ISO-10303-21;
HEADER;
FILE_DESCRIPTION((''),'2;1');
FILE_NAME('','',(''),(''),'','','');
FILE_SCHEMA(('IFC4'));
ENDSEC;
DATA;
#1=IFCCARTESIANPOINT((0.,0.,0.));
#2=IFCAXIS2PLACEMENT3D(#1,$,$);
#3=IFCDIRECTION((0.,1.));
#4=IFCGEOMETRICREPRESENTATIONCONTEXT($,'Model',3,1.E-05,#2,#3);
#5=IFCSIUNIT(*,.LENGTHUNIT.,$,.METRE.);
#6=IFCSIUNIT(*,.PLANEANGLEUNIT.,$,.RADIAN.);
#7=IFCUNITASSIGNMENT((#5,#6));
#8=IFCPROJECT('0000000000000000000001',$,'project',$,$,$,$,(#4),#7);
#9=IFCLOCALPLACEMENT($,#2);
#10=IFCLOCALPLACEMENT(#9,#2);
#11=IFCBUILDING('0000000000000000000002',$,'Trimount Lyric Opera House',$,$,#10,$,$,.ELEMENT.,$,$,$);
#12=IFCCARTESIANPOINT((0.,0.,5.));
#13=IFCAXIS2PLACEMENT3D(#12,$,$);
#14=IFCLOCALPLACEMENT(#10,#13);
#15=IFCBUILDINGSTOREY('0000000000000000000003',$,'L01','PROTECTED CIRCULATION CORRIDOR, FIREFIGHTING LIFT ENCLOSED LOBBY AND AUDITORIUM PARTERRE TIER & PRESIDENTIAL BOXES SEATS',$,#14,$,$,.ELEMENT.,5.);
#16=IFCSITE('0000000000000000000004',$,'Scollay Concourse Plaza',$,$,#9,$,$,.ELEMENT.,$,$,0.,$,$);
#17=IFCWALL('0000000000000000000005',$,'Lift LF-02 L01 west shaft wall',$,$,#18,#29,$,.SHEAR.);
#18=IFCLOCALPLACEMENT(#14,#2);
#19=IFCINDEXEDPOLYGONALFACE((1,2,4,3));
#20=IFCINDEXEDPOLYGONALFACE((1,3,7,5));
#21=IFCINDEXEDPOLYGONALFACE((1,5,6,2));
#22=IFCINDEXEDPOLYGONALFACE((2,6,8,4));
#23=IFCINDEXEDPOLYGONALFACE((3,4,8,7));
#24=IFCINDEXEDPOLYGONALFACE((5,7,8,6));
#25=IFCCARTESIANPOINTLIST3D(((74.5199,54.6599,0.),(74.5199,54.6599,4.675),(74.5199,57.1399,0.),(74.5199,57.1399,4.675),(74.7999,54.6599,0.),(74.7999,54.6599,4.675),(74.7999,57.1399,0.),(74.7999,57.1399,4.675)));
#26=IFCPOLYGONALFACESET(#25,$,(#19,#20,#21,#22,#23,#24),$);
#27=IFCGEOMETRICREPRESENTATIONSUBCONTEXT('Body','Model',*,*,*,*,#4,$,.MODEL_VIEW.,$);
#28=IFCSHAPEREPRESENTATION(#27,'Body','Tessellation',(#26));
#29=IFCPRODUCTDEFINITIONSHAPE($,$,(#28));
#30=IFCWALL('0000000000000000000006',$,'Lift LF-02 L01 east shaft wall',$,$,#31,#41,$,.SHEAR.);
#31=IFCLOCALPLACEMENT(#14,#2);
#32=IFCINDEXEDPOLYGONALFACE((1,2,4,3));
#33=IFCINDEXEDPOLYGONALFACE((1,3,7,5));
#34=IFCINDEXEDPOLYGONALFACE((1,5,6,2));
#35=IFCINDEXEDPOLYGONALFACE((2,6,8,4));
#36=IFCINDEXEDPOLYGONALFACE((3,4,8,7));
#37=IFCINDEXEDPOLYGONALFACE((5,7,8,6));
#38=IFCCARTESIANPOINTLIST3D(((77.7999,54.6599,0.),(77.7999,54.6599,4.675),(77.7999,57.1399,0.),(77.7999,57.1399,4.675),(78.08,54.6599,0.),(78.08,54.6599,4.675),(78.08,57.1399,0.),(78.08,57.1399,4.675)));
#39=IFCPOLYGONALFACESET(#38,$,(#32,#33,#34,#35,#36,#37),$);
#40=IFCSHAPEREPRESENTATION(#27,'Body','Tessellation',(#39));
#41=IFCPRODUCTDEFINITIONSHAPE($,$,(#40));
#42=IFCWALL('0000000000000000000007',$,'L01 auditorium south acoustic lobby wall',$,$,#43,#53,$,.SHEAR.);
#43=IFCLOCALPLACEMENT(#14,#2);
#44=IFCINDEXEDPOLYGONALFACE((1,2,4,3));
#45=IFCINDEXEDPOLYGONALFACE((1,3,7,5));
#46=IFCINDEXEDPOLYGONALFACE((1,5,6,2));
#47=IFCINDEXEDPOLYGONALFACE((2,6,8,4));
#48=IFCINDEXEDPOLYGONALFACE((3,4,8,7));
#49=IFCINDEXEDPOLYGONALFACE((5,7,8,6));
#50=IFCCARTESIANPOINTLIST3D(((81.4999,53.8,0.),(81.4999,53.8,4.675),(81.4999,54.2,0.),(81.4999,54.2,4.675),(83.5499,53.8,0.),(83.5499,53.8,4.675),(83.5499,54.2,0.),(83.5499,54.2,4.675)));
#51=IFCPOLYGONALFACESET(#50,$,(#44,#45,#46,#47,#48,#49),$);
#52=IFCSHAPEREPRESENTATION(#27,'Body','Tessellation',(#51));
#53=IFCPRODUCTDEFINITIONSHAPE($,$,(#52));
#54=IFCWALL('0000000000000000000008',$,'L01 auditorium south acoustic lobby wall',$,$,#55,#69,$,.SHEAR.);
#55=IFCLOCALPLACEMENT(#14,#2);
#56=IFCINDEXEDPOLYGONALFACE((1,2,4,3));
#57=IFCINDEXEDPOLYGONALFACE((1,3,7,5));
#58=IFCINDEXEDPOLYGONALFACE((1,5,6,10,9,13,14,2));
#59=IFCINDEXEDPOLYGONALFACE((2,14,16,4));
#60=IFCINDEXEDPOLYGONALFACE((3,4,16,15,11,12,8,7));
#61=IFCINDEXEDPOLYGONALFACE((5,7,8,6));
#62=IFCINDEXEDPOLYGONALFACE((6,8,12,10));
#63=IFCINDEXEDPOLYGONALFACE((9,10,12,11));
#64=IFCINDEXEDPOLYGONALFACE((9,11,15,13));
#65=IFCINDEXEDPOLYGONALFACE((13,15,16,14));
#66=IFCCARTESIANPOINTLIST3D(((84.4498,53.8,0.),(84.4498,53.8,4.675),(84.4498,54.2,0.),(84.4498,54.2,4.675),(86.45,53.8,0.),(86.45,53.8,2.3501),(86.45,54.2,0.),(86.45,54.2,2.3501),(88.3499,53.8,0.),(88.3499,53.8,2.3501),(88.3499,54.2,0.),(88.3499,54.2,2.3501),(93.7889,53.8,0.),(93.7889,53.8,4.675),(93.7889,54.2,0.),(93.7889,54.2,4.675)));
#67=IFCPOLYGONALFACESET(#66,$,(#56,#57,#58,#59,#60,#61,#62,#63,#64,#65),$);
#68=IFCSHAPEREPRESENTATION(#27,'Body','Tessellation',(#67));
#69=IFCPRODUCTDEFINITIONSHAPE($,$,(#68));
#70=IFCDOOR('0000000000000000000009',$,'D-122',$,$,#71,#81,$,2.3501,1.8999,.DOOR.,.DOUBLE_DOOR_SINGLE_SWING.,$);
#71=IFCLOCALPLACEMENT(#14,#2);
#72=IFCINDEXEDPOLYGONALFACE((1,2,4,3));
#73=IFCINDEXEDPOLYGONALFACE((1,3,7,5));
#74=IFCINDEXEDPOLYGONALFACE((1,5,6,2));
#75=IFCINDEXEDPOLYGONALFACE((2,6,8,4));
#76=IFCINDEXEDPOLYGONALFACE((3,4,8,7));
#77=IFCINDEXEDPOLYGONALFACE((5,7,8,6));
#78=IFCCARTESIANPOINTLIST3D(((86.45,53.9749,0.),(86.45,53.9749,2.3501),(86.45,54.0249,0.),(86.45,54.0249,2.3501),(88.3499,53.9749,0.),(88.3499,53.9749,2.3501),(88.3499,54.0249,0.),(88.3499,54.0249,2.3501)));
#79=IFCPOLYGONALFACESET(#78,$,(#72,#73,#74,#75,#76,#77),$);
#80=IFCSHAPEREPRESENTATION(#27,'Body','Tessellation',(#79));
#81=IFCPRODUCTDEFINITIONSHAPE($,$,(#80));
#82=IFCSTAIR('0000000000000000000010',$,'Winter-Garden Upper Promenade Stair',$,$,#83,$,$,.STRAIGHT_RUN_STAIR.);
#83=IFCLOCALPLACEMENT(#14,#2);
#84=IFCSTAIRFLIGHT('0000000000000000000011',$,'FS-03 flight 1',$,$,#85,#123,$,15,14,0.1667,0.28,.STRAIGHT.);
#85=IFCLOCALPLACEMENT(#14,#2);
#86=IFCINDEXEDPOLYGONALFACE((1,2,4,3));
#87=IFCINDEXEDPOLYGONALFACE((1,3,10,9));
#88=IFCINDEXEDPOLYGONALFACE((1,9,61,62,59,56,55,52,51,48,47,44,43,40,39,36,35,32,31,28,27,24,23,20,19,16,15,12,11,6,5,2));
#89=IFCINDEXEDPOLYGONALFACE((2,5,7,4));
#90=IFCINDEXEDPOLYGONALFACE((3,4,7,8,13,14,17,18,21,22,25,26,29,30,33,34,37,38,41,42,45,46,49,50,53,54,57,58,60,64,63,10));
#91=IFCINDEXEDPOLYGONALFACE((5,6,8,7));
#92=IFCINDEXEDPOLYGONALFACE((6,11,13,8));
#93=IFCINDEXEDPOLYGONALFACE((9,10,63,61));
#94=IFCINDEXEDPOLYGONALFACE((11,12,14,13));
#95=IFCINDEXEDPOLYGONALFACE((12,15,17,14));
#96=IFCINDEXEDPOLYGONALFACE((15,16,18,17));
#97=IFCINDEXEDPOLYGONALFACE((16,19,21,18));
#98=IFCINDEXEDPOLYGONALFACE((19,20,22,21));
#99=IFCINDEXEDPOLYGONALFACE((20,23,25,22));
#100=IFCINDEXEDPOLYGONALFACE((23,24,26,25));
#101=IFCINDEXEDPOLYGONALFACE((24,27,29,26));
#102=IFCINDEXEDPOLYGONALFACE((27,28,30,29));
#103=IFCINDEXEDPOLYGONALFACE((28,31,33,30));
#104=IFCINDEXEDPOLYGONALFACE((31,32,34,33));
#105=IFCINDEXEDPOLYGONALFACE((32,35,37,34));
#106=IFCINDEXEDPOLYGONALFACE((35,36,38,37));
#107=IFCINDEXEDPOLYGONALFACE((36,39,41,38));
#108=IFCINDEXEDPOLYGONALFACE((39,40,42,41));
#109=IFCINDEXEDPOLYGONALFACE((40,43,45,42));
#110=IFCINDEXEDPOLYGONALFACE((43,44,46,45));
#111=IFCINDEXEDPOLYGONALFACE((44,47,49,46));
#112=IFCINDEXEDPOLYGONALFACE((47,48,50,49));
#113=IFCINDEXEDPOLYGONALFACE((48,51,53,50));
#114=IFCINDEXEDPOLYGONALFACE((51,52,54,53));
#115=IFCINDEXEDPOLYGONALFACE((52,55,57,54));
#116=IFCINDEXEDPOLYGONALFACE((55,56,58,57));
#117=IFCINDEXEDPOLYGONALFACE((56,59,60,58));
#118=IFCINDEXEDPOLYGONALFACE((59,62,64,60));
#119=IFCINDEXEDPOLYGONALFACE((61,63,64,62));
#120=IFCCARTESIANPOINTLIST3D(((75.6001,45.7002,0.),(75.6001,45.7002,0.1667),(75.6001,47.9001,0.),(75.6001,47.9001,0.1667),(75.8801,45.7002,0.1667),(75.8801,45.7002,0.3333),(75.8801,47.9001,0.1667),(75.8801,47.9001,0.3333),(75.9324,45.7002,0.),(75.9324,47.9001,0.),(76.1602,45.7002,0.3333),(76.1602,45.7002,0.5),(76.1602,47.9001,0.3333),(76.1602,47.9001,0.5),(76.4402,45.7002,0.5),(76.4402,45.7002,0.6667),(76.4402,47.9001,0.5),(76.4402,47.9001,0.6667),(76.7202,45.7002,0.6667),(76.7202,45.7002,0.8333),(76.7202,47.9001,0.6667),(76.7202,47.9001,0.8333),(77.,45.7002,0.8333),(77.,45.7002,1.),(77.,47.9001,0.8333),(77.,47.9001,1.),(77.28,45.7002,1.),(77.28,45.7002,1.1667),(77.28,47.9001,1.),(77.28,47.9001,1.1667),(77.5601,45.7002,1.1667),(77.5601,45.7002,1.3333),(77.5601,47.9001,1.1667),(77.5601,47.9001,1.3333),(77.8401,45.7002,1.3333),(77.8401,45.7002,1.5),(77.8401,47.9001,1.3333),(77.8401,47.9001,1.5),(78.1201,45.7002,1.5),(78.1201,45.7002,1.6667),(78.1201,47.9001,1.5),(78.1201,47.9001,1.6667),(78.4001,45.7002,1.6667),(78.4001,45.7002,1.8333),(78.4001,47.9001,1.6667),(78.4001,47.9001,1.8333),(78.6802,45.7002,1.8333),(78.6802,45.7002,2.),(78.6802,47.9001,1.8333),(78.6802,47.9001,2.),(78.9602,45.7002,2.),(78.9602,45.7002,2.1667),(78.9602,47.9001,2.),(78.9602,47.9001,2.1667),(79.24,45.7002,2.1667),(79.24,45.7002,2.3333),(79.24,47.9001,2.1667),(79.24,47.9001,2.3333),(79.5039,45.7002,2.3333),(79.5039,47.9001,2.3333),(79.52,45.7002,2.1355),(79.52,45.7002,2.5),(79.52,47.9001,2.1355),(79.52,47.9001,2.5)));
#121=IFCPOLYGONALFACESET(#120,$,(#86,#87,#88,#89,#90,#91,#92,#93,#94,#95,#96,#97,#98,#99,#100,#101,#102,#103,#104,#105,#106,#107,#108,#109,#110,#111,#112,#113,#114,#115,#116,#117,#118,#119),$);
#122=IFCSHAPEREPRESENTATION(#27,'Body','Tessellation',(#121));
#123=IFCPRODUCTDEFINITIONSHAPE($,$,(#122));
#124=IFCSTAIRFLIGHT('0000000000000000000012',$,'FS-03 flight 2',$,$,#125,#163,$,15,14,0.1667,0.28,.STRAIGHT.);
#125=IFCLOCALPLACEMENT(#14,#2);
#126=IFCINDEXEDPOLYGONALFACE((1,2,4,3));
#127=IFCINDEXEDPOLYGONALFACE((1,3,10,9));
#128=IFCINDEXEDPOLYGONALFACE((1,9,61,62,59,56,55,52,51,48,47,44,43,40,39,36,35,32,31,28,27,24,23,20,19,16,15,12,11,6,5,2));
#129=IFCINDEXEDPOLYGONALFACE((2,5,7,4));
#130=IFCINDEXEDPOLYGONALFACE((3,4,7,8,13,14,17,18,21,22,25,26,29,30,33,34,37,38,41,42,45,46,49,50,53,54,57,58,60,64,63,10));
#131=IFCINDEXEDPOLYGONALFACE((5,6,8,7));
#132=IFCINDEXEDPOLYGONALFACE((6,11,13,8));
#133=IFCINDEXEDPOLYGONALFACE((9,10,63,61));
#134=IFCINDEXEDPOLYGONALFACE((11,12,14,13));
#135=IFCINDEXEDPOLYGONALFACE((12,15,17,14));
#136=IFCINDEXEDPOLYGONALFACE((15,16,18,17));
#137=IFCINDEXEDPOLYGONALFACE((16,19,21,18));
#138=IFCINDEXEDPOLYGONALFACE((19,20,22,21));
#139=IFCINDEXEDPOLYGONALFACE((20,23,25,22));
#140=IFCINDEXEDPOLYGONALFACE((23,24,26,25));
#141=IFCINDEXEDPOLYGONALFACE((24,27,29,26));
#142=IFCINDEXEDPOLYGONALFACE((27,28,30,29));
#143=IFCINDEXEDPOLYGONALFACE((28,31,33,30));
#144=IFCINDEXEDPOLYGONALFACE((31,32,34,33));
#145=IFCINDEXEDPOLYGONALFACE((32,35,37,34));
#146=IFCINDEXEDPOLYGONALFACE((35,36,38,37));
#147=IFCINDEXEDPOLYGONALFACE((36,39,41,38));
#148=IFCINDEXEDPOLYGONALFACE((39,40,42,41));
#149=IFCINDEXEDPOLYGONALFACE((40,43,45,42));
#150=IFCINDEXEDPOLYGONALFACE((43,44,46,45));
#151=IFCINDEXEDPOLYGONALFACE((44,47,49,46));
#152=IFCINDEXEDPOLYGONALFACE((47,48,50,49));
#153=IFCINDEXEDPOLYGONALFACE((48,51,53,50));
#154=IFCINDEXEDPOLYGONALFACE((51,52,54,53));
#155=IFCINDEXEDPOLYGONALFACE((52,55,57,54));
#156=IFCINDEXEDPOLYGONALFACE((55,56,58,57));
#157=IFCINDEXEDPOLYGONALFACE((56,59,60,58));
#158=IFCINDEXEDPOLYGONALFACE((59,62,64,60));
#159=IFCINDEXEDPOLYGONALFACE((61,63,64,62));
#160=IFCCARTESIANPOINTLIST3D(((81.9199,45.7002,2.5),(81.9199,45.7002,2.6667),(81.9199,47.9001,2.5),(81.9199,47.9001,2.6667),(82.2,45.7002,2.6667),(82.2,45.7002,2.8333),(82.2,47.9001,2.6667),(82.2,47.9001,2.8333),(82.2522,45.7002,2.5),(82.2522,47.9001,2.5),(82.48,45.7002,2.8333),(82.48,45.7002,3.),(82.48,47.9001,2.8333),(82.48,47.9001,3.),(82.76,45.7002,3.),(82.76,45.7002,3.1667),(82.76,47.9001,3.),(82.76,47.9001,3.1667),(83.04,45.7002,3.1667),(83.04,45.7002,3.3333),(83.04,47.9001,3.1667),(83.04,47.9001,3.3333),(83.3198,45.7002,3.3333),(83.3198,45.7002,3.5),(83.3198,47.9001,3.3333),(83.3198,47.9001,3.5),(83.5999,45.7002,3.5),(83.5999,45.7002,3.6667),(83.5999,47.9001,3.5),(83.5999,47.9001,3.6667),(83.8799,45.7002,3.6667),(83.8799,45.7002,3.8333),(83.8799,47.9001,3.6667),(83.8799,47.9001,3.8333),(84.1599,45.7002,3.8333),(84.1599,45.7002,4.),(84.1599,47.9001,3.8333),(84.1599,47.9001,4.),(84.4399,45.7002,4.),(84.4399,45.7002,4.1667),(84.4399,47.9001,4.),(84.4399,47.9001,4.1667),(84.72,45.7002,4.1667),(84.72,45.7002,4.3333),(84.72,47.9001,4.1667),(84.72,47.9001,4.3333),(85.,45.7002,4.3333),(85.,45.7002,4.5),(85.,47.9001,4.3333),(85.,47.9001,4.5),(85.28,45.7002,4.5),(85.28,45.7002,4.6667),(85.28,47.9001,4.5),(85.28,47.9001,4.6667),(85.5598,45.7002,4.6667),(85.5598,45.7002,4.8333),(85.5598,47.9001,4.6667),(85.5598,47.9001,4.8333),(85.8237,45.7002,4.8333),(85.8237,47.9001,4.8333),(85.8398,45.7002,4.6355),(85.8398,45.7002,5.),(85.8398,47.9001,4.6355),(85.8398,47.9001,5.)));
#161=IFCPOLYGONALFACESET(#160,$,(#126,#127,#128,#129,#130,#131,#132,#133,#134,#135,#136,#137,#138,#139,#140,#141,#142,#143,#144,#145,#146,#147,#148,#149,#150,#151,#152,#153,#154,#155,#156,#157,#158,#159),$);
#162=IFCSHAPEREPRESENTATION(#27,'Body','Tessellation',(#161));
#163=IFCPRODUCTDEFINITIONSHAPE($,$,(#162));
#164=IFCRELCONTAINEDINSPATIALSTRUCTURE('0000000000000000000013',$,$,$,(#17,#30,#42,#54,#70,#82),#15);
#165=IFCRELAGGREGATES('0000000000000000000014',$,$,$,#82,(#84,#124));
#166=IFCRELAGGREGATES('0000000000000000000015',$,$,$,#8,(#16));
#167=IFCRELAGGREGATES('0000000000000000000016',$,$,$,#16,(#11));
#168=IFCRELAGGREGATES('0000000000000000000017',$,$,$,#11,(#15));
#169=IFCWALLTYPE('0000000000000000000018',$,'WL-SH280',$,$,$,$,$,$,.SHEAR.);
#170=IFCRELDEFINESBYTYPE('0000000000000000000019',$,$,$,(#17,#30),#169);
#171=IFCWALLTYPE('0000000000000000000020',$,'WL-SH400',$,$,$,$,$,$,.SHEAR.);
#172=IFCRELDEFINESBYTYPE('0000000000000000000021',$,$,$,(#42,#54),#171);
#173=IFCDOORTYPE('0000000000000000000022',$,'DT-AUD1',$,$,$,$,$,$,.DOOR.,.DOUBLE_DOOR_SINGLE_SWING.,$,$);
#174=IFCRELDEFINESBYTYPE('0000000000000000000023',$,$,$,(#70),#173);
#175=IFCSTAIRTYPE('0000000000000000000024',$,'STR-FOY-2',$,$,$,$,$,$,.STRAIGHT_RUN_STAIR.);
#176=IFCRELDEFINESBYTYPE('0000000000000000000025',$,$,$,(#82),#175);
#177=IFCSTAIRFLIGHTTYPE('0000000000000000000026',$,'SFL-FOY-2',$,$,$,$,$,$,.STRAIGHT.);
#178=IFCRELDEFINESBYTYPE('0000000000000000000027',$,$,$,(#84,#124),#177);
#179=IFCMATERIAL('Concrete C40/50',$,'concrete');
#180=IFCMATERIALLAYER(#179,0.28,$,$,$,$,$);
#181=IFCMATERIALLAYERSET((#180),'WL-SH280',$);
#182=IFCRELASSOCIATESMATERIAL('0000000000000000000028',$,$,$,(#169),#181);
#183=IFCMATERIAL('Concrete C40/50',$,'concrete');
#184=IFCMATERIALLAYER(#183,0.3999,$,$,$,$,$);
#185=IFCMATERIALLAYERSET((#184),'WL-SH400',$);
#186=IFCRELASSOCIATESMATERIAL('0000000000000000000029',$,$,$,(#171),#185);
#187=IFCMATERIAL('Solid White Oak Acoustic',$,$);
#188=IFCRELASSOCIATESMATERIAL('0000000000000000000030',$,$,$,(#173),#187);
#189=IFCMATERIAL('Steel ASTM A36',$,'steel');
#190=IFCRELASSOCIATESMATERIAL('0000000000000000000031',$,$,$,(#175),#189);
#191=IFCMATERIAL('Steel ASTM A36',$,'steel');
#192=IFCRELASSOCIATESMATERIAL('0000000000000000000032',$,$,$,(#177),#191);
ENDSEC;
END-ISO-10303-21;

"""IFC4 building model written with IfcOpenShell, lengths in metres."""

from ifc_helpers import new_model, si_unit, direction, frame, frame_2d, origin, place, context, subcontext, project, spatial, polyline, rectangle, outline, extrude, material, layer, layer_set, type_object, element, fill, aggregate, save


model = new_model("IFC4")

# Units and contexts
model_context = context("Model", 3, precision=1e-05, world=origin(), true_north=direction((0.0, 1.0)))
body_context = subcontext(model_context, "Body", "Model", "MODEL_VIEW")
ifc_project = project(units=[si_unit("LENGTHUNIT", "METRE"), si_unit("PLANEANGLEUNIT", "RADIAN")], contexts=[model_context])

# Site, building, storey
site_placement = place(None, origin())
site = spatial("IfcSite", under=ifc_project, at=site_placement, Name="Scollay Concourse Plaza", CompositionType="ELEMENT", RefElevation=0.0)
building_placement = place(site_placement, origin())
building = spatial("IfcBuilding", under=site, at=building_placement, Name="Trimount Lyric Opera House", CompositionType="ELEMENT")
storey_placement = place(building_placement, frame((0.0, 0.0, 5.0)))
storey = spatial("IfcBuildingStorey", under=building, at=storey_placement, Name="L01", Description="PROTECTED CIRCULATION CORRIDOR, FIREFIGHTING LIFT ENCLOSED LOBBY AND AUDITORIUM PARTERRE TIER & PRESIDENTIAL BOXES SEATS", CompositionType="ELEMENT", Elevation=5.0)

# Shared definitions
ifc_material_1 = material(Name="Concrete C40/50", Category="concrete")
ifc_layer_1 = layer(ifc_material_1, 0.28)
ifc_layer_set_1 = layer_set([ifc_layer_1], Name="WL-SH280")
wall_type_1 = type_object("IfcWallType", Name="WL-SH280", PredefinedType="SHEAR", material=ifc_layer_set_1)

# Walls
for number, where, z_axis, x_axis, name in (
    (1, (74.6599, 57.1399, 0.0), (0.0, 0.0, 1.0), (0.0, -1.0, 0.0), "Lift LF-02 L01 west shaft wall"),
    (2, (77.9399, 54.6599, 0.0), (0.0, 0.0, 1.0), (0.0, 1.0, 0.0), "Lift LF-02 L01 east shaft wall"),
):
    element("IfcWall", number, at=place(storey_placement, frame(where, z_axis=z_axis, x_axis=x_axis)), inside=storey, type_object=wall_type_1, Name=name, PredefinedType="SHEAR", context=body_context, shape_type="SweptSolid", body=[
        extrude(rectangle(XDim=2.48, YDim=0.28, at=frame_2d((1.24, 0.0))), origin(), (0.0, 0.0, 1.0), 4.675),
    ])
ifc_material_2 = material(Name="Concrete C40/50", Category="concrete")
ifc_layer_2 = layer(ifc_material_2, 0.3999)
ifc_layer_set_2 = layer_set([ifc_layer_2], Name="WL-SH400")
wall_type_2 = type_object("IfcWallType", Name="WL-SH400", PredefinedType="SHEAR", material=ifc_layer_set_2)
wall_1_placement = place(storey_placement, frame((81.5, 54.0, 0.0), z_axis=(0.0, 0.0, 1.0), x_axis=(1.0, 0.0, 0.0)))
element("IfcWall", 3, at=wall_1_placement, inside=storey, type_object=wall_type_2, Name="L01 auditorium south acoustic lobby wall", PredefinedType="SHEAR", context=body_context, shape_type="SweptSolid", body=[
    extrude(rectangle(XDim=2.05, YDim=0.3999, at=frame_2d((1.0249, 0.0))), origin(), (0.0, 0.0, 1.0), 4.675),
])

# Wall, opening, door
wall_2_placement = place(storey_placement, frame((84.45, 54.0, 0.0), z_axis=(0.0, 0.0, 1.0), x_axis=(1.0, 0.0, 0.0)))
wall_2 = element("IfcWall", 4, at=wall_2_placement, inside=storey, type_object=wall_type_2, Name="L01 auditorium south acoustic lobby wall", PredefinedType="SHEAR", context=body_context, shape_type="SweptSolid", body=[
    extrude(rectangle(XDim=9.3391, YDim=0.3999, at=frame_2d((4.6694, 0.0))), origin(), (0.0, 0.0, 1.0), 4.675),
])
opening_1_placement = place(wall_2_placement, frame((2.0, 0.0, 0.0)))
opening_1 = element("IfcOpeningElement", 5, at=opening_1_placement, cuts=wall_2, PredefinedType="OPENING", context=body_context, shape_type="SweptSolid", body=[
    extrude(rectangle(XDim=1.8999, YDim=2.3501, at=frame_2d((0.95, 1.175))), frame((0.0, 0.21, 0.0), z_axis=(0.0, -1.0, 0.0), x_axis=(1.0, 0.0, 0.0)), (0.0, 0.0, 1.0), 0.4199),
])
ifc_material_3 = material(Name="Solid White Oak Acoustic")
door_type_1 = type_object("IfcDoorType", Name="DT-AUD1", OperationType="DOUBLE_DOOR_SINGLE_SWING", PredefinedType="DOOR", material=ifc_material_3)
door_1_placement = place(opening_1_placement, origin())
door_1 = element("IfcDoor", 6, at=door_1_placement, inside=storey, type_object=door_type_1, Name="D-122", OperationType="DOUBLE_DOOR_SINGLE_SWING", OverallHeight=2.3501, OverallWidth=1.8999, PredefinedType="DOOR", context=body_context, shape_type="SweptSolid", body=[
    extrude(rectangle(XDim=1.8999, YDim=2.3501, at=frame_2d((0.95, 1.175))), frame((0.0, 0.0249, 0.0), z_axis=(0.0, -1.0, 0.0), x_axis=(1.0, 0.0, 0.0)), (0.0, 0.0, 1.0), 0.05),
])
fill(opening_1, door_1)

# Stair, stair flights
ifc_material_4 = material(Name="Steel ASTM A36", Category="steel")
stair_type = type_object("IfcStairType", Name="STR-FOY-2", PredefinedType="STRAIGHT_RUN_STAIR", material=ifc_material_4)
stair_1_placement = place(storey_placement, origin())
stair_1 = element("IfcStair", 7, at=stair_1_placement, inside=storey, type_object=stair_type, Name="Winter-Garden Upper Promenade Stair", PredefinedType="STRAIGHT_RUN_STAIR")
ifc_material_5 = material(Name="Steel ASTM A36", Category="steel")
stair_flight_type = type_object("IfcStairFlightType", Name="SFL-FOY-2", PredefinedType="STRAIGHT", material=ifc_material_5)
stair_flight_1_placement = place(storey_placement, frame((75.6001, 46.8, 0.0), z_axis=(0.0, 0.0, 1.0), x_axis=(1.0, 0.0, 0.0)))
stair_flight_1 = element("IfcStairFlight", 8, at=stair_flight_1_placement, type_object=stair_flight_type, Name="FS-03 flight 1", NumberOfRisers=15, NumberOfTreads=14, PredefinedType="STRAIGHT", RiserHeight=0.1667, TreadLength=0.28, context=body_context, shape_type="SweptSolid", body=[
    extrude(outline(polyline([(0.0, 0.0), (0.0, 0.1667), (0.28, 0.1667), (0.28, 0.3333), (0.5601, 0.3333), (0.5601, 0.5), (0.8401, 0.5), (0.8401, 0.6667), (1.1201, 0.6667), (1.1201, 0.8333), (1.3999, 0.8333), (1.3999, 1.0), (1.6799, 1.0), (1.6799, 1.1667), (1.96, 1.1667), (1.96, 1.3333), (2.24, 1.3333), (2.24, 1.5), (2.52, 1.5), (2.52, 1.6667), (2.8, 1.6667), (2.8, 1.8333), (3.0801, 1.8333), (3.0801, 2.0), (3.3601, 2.0), (3.3601, 2.1667), (3.6399, 2.1667), (3.6399, 2.3333), (3.9038, 2.3333), (3.9199, 2.5), (3.9199, 2.1355), (0.3323, 0.0), (0.0, 0.0)])), frame((0.0, 1.1001, 0.0), z_axis=(0.0, -1.0, 0.0), x_axis=(1.0, 0.0, 0.0)), (0.0, 0.0, 1.0), 2.2),
])
stair_flight_2_placement = place(storey_placement, frame((81.9199, 46.8, 2.5), z_axis=(0.0, 0.0, 1.0), x_axis=(1.0, 0.0, 0.0)))
stair_flight_2 = element("IfcStairFlight", 9, at=stair_flight_2_placement, type_object=stair_flight_type, Name="FS-03 flight 2", NumberOfRisers=15, NumberOfTreads=14, PredefinedType="STRAIGHT", RiserHeight=0.1667, TreadLength=0.28, context=body_context, shape_type="SweptSolid", body=[
    extrude(outline(polyline([(0.0, 0.0), (0.0, 0.1667), (0.28, 0.1667), (0.28, 0.3333), (0.5601, 0.3333), (0.5601, 0.5), (0.8401, 0.5), (0.8401, 0.6667), (1.1201, 0.6667), (1.1201, 0.8333), (1.3999, 0.8333), (1.3999, 1.0), (1.6799, 1.0), (1.6799, 1.1667), (1.96, 1.1667), (1.96, 1.3333), (2.24, 1.3333), (2.24, 1.5), (2.52, 1.5), (2.52, 1.6667), (2.8, 1.6667), (2.8, 1.8333), (3.0801, 1.8333), (3.0801, 2.0), (3.3601, 2.0), (3.3601, 2.1667), (3.6399, 2.1667), (3.6399, 2.3333), (3.9038, 2.3333), (3.9199, 2.5), (3.9199, 2.1355), (0.3323, 0.0), (0.0, 0.0)])), frame((0.0, 1.1001, 0.0), z_axis=(0.0, -1.0, 0.0), x_axis=(1.0, 0.0, 0.0)), (0.0, 0.0, 1.0), 2.2),
])
aggregate(stair_1, [stair_flight_1, stair_flight_2])

save(model, "model.ifc")
